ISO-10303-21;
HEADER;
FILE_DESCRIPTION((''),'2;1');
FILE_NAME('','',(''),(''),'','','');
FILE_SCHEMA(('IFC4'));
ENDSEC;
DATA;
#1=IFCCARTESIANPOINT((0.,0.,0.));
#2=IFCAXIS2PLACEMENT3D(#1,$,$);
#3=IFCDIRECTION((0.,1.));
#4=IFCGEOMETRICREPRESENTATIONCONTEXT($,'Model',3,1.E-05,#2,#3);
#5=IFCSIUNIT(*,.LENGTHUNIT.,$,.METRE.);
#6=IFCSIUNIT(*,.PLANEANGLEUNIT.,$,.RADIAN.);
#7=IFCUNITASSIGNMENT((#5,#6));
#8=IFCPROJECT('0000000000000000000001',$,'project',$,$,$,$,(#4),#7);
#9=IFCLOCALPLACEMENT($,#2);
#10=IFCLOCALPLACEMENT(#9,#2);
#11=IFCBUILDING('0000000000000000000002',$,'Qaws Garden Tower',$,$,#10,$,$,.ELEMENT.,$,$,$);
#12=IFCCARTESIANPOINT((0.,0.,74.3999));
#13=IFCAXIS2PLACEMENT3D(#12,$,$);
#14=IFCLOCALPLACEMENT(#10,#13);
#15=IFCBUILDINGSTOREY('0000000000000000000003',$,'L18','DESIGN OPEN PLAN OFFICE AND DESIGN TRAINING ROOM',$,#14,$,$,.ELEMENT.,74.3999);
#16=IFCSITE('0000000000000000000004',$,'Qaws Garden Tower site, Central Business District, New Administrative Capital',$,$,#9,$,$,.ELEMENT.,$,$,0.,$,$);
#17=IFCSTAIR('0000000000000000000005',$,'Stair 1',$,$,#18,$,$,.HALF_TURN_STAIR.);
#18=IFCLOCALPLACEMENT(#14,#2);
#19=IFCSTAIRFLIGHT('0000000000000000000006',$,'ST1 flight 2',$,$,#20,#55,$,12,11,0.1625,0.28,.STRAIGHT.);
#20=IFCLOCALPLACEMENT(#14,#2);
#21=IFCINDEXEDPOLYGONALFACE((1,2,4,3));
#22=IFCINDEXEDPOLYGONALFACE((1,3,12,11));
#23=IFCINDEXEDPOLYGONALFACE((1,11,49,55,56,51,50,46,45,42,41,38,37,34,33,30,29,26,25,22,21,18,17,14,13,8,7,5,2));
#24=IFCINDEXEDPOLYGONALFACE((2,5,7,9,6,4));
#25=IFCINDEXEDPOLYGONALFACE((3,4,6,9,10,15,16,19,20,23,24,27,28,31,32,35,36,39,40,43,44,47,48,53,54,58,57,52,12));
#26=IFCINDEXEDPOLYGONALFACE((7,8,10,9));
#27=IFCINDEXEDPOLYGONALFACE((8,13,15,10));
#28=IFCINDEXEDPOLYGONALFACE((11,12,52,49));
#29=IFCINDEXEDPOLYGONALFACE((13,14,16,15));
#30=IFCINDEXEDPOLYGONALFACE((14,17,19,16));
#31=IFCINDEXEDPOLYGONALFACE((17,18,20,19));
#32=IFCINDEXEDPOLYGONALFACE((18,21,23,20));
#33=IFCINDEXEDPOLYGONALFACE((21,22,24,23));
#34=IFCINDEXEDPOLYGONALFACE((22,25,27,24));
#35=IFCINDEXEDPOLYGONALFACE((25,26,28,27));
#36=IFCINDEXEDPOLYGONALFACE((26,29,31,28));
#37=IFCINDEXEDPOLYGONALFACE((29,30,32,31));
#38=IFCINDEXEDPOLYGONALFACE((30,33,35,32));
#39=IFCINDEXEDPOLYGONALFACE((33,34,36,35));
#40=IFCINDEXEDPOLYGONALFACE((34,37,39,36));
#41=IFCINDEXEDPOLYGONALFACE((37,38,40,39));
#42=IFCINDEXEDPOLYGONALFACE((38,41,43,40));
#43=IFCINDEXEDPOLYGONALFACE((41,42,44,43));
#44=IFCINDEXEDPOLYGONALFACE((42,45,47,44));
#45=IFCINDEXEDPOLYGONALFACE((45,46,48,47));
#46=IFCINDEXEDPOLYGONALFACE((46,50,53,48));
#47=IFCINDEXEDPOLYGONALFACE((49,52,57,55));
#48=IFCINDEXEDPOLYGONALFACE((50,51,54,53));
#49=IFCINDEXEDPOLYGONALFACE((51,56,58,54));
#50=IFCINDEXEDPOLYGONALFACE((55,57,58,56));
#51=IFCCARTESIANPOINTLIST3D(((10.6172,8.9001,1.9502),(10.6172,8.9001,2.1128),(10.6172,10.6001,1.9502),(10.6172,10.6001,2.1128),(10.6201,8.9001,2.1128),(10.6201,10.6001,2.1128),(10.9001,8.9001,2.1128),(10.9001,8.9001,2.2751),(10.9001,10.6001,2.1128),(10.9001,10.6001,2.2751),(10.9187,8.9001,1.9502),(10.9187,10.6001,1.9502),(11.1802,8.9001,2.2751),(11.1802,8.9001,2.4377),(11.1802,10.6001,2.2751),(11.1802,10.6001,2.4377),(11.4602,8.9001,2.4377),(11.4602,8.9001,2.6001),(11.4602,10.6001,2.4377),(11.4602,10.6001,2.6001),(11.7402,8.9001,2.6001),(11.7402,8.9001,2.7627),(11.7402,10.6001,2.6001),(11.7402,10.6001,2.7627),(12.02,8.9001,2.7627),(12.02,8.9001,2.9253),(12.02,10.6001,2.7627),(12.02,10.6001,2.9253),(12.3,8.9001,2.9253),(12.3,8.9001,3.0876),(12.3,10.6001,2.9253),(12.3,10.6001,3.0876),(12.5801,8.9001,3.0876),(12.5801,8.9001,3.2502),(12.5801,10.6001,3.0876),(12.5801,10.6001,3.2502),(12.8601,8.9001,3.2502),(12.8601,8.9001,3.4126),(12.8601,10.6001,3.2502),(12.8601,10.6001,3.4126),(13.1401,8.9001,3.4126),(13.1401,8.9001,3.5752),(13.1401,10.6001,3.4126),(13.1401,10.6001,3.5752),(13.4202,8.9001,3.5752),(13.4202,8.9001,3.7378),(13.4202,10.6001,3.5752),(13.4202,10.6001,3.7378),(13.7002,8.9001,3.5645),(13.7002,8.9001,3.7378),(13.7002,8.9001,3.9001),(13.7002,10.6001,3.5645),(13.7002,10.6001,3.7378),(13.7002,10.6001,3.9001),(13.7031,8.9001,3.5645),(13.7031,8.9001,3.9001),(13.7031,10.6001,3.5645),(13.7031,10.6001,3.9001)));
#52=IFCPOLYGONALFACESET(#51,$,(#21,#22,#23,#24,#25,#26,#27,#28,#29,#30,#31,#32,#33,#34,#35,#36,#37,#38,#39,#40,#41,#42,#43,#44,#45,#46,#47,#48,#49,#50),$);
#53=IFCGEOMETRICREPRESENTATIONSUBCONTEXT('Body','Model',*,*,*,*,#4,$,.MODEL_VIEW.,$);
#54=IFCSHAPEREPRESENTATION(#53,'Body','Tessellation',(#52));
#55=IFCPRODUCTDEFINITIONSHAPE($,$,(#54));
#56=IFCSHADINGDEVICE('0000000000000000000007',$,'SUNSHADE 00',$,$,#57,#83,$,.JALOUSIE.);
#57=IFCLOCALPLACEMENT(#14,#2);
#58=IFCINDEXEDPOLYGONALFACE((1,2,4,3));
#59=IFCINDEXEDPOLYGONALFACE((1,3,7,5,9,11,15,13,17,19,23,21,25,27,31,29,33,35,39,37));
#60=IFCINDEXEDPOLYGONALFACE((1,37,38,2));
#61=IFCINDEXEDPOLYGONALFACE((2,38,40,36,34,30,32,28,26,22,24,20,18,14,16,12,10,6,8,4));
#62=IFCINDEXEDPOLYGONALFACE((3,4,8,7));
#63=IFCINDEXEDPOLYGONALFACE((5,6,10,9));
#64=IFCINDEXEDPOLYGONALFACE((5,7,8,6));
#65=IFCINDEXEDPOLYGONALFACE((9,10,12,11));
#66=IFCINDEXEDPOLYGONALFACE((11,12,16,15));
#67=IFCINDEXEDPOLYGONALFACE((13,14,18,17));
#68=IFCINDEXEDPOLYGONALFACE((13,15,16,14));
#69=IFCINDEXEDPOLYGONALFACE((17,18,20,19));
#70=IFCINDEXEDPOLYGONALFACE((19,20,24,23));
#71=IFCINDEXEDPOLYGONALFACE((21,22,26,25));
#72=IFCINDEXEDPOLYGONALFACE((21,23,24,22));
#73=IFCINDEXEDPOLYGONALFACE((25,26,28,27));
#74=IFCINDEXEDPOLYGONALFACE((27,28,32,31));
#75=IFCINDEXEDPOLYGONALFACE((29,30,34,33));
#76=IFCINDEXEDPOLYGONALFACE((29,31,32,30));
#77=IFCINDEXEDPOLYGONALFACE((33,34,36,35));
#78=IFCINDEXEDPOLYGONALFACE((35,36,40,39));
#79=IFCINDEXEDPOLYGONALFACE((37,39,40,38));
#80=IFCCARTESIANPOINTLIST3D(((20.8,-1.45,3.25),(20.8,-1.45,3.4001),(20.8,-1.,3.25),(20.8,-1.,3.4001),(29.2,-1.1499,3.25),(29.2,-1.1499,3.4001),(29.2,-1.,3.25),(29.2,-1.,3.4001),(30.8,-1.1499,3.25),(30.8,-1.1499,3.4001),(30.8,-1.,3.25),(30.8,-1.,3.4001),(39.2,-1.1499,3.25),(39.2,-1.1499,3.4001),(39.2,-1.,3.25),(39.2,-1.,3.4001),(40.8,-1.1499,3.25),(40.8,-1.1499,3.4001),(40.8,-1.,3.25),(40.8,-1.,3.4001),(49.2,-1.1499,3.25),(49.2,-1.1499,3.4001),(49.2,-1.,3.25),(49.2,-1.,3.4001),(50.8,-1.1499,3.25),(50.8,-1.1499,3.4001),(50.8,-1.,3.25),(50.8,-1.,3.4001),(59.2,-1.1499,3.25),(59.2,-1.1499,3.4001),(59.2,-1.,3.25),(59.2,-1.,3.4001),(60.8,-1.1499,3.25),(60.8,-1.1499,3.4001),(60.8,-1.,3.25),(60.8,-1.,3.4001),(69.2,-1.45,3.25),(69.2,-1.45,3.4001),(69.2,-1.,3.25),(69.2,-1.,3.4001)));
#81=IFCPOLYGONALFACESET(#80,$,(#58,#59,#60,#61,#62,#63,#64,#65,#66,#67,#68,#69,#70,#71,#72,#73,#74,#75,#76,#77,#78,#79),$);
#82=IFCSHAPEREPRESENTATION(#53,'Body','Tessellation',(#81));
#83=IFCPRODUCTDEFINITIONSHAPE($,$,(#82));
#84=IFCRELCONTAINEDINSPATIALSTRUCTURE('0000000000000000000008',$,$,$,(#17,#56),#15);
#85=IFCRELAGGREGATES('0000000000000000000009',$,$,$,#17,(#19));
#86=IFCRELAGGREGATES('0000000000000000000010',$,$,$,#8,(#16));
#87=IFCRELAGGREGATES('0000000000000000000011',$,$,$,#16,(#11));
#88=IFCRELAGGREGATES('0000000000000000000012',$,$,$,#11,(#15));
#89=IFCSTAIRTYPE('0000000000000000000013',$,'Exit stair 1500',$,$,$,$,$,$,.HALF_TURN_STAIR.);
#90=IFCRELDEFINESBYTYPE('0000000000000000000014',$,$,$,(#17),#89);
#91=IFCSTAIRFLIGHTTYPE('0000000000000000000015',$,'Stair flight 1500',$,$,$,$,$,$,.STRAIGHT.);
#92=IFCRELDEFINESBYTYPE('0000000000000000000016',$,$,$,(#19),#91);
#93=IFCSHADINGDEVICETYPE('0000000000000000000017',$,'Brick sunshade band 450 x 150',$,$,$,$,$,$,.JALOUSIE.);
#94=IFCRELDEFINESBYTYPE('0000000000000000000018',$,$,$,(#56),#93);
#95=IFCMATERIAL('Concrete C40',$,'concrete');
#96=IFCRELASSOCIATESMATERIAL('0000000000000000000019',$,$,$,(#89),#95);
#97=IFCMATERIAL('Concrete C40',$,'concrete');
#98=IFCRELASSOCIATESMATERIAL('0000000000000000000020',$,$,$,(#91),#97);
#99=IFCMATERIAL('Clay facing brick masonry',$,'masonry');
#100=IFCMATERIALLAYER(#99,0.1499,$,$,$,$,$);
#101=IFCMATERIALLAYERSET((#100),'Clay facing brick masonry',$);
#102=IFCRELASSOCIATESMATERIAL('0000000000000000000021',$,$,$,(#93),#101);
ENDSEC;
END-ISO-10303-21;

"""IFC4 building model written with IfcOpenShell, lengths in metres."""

from ifc_helpers import new_model, si_unit, direction, frame, origin, place, context, subcontext, project, spatial, polyline, outline, extrude, material, layer, layer_set, type_object, element, aggregate, save


model = new_model("IFC4")

# Units and contexts
model_context = context("Model", 3, precision=1e-05, world=origin(), true_north=direction((0.0, 1.0)))
body_context = subcontext(model_context, "Body", "Model", "MODEL_VIEW")
ifc_project = project(units=[si_unit("LENGTHUNIT", "METRE"), si_unit("PLANEANGLEUNIT", "RADIAN")], contexts=[model_context])

# Site, building, storey
site_placement = place(None, origin())
site = spatial("IfcSite", under=ifc_project, at=site_placement, Name="Qaws Garden Tower site, Central Business District, New Administrative Capital", CompositionType="ELEMENT", RefElevation=0.0)
building_placement = place(site_placement, origin())
building = spatial("IfcBuilding", under=site, at=building_placement, Name="Qaws Garden Tower", CompositionType="ELEMENT")
storey_placement = place(building_placement, frame((0.0, 0.0, 74.3999)))
storey = spatial("IfcBuildingStorey", under=building, at=storey_placement, Name="L18", Description="DESIGN OPEN PLAN OFFICE AND DESIGN TRAINING ROOM", CompositionType="ELEMENT", Elevation=74.3999)

# Stair
ifc_material_1 = material(Name="Concrete C40", Category="concrete")
stair_type_1 = type_object("IfcStairType", Name="Exit stair 1500", PredefinedType="HALF_TURN_STAIR", material=ifc_material_1)
placement_1 = place(storey_placement, origin())
stair_1 = element("IfcStair", 1, at=placement_1, inside=storey, type_object=stair_type_1, Name="Stair 1", PredefinedType="HALF_TURN_STAIR")

# Stair flight
ifc_material_2 = material(Name="Concrete C40", Category="concrete")
stair_flight_type = type_object("IfcStairFlightType", Name="Stair flight 1500", PredefinedType="STRAIGHT", material=ifc_material_2)
stair_flight_placement = place(storey_placement, frame((10.6201, 9.75, 1.9502), z_axis=(0.0, 0.0, 1.0), x_axis=(1.0, 0.0, 0.0)))
stair_flight = element("IfcStairFlight", 2, at=stair_flight_placement, type_object=stair_flight_type, Name="ST1 flight 2", NumberOfRisers=12, NumberOfTreads=11, PredefinedType="STRAIGHT", RiserHeight=0.1625, TreadLength=0.28, context=body_context, shape_type="SweptSolid", body=[
    extrude(outline(polyline([(-0.0029, 0.0), (-0.0029, 0.1626), (0.0, 0.1626), (0.28, 0.1626), (0.28, 0.325), (0.5601, 0.325), (0.5601, 0.4875), (0.8401, 0.4875), (0.8401, 0.6499), (1.1201, 0.6499), (1.1201, 0.8125), (1.3999, 0.8125), (1.3999, 0.9751), (1.6799, 0.9751), (1.6799, 1.1375), (1.96, 1.1375), (1.96, 1.3), (2.24, 1.3), (2.24, 1.4624), (2.52, 1.4624), (2.52, 1.625), (2.8, 1.625), (2.8, 1.7876), (3.0801, 1.7876), (3.0801, 1.95), (3.083, 1.95), (3.083, 1.6143), (3.0801, 1.6143), (0.2986, 0.0), (-0.0029, 0.0)])), frame((0.0, 0.8501, 0.0), z_axis=(0.0, -1.0, 0.0), x_axis=(1.0, 0.0, 0.0)), (0.0, 0.0, 1.0), 1.7),
])
aggregate(stair_1, [stair_flight])

# Shading device
ifc_material_3 = material(Name="Clay facing brick masonry", Category="masonry")
ifc_layer_1 = layer(ifc_material_3, 0.1499)
ifc_layer_set_1 = layer_set([ifc_layer_1], Name="Clay facing brick masonry")
shading_device_type = type_object("IfcShadingDeviceType", Name="Brick sunshade band 450 x 150", PredefinedType="JALOUSIE", material=ifc_layer_set_1)
shading_device_placement = place(storey_placement, frame((0.0, 0.0, 3.25)))
element("IfcShadingDevice", 3, at=shading_device_placement, inside=storey, type_object=shading_device_type, Name="SUNSHADE 00", PredefinedType="JALOUSIE", context=body_context, shape_type="SweptSolid", body=[
    extrude(outline(polyline([(20.8, -1.0), (20.8, -1.45), (69.2, -1.45), (69.2, -1.0), (60.8, -1.0), (60.8, -1.1499), (59.2, -1.1499), (59.2, -1.0), (50.8, -1.0), (50.8, -1.1499), (49.2, -1.1499), (49.2, -1.0), (40.8, -1.0), (40.8, -1.1499), (39.2, -1.1499), (39.2, -1.0), (30.8, -1.0), (30.8, -1.1499), (29.2, -1.1499), (29.2, -1.0), (20.8, -1.0)])), origin(), (0.0, 0.0, 1.0), 0.1501),
])

save(model, "model.ifc")
